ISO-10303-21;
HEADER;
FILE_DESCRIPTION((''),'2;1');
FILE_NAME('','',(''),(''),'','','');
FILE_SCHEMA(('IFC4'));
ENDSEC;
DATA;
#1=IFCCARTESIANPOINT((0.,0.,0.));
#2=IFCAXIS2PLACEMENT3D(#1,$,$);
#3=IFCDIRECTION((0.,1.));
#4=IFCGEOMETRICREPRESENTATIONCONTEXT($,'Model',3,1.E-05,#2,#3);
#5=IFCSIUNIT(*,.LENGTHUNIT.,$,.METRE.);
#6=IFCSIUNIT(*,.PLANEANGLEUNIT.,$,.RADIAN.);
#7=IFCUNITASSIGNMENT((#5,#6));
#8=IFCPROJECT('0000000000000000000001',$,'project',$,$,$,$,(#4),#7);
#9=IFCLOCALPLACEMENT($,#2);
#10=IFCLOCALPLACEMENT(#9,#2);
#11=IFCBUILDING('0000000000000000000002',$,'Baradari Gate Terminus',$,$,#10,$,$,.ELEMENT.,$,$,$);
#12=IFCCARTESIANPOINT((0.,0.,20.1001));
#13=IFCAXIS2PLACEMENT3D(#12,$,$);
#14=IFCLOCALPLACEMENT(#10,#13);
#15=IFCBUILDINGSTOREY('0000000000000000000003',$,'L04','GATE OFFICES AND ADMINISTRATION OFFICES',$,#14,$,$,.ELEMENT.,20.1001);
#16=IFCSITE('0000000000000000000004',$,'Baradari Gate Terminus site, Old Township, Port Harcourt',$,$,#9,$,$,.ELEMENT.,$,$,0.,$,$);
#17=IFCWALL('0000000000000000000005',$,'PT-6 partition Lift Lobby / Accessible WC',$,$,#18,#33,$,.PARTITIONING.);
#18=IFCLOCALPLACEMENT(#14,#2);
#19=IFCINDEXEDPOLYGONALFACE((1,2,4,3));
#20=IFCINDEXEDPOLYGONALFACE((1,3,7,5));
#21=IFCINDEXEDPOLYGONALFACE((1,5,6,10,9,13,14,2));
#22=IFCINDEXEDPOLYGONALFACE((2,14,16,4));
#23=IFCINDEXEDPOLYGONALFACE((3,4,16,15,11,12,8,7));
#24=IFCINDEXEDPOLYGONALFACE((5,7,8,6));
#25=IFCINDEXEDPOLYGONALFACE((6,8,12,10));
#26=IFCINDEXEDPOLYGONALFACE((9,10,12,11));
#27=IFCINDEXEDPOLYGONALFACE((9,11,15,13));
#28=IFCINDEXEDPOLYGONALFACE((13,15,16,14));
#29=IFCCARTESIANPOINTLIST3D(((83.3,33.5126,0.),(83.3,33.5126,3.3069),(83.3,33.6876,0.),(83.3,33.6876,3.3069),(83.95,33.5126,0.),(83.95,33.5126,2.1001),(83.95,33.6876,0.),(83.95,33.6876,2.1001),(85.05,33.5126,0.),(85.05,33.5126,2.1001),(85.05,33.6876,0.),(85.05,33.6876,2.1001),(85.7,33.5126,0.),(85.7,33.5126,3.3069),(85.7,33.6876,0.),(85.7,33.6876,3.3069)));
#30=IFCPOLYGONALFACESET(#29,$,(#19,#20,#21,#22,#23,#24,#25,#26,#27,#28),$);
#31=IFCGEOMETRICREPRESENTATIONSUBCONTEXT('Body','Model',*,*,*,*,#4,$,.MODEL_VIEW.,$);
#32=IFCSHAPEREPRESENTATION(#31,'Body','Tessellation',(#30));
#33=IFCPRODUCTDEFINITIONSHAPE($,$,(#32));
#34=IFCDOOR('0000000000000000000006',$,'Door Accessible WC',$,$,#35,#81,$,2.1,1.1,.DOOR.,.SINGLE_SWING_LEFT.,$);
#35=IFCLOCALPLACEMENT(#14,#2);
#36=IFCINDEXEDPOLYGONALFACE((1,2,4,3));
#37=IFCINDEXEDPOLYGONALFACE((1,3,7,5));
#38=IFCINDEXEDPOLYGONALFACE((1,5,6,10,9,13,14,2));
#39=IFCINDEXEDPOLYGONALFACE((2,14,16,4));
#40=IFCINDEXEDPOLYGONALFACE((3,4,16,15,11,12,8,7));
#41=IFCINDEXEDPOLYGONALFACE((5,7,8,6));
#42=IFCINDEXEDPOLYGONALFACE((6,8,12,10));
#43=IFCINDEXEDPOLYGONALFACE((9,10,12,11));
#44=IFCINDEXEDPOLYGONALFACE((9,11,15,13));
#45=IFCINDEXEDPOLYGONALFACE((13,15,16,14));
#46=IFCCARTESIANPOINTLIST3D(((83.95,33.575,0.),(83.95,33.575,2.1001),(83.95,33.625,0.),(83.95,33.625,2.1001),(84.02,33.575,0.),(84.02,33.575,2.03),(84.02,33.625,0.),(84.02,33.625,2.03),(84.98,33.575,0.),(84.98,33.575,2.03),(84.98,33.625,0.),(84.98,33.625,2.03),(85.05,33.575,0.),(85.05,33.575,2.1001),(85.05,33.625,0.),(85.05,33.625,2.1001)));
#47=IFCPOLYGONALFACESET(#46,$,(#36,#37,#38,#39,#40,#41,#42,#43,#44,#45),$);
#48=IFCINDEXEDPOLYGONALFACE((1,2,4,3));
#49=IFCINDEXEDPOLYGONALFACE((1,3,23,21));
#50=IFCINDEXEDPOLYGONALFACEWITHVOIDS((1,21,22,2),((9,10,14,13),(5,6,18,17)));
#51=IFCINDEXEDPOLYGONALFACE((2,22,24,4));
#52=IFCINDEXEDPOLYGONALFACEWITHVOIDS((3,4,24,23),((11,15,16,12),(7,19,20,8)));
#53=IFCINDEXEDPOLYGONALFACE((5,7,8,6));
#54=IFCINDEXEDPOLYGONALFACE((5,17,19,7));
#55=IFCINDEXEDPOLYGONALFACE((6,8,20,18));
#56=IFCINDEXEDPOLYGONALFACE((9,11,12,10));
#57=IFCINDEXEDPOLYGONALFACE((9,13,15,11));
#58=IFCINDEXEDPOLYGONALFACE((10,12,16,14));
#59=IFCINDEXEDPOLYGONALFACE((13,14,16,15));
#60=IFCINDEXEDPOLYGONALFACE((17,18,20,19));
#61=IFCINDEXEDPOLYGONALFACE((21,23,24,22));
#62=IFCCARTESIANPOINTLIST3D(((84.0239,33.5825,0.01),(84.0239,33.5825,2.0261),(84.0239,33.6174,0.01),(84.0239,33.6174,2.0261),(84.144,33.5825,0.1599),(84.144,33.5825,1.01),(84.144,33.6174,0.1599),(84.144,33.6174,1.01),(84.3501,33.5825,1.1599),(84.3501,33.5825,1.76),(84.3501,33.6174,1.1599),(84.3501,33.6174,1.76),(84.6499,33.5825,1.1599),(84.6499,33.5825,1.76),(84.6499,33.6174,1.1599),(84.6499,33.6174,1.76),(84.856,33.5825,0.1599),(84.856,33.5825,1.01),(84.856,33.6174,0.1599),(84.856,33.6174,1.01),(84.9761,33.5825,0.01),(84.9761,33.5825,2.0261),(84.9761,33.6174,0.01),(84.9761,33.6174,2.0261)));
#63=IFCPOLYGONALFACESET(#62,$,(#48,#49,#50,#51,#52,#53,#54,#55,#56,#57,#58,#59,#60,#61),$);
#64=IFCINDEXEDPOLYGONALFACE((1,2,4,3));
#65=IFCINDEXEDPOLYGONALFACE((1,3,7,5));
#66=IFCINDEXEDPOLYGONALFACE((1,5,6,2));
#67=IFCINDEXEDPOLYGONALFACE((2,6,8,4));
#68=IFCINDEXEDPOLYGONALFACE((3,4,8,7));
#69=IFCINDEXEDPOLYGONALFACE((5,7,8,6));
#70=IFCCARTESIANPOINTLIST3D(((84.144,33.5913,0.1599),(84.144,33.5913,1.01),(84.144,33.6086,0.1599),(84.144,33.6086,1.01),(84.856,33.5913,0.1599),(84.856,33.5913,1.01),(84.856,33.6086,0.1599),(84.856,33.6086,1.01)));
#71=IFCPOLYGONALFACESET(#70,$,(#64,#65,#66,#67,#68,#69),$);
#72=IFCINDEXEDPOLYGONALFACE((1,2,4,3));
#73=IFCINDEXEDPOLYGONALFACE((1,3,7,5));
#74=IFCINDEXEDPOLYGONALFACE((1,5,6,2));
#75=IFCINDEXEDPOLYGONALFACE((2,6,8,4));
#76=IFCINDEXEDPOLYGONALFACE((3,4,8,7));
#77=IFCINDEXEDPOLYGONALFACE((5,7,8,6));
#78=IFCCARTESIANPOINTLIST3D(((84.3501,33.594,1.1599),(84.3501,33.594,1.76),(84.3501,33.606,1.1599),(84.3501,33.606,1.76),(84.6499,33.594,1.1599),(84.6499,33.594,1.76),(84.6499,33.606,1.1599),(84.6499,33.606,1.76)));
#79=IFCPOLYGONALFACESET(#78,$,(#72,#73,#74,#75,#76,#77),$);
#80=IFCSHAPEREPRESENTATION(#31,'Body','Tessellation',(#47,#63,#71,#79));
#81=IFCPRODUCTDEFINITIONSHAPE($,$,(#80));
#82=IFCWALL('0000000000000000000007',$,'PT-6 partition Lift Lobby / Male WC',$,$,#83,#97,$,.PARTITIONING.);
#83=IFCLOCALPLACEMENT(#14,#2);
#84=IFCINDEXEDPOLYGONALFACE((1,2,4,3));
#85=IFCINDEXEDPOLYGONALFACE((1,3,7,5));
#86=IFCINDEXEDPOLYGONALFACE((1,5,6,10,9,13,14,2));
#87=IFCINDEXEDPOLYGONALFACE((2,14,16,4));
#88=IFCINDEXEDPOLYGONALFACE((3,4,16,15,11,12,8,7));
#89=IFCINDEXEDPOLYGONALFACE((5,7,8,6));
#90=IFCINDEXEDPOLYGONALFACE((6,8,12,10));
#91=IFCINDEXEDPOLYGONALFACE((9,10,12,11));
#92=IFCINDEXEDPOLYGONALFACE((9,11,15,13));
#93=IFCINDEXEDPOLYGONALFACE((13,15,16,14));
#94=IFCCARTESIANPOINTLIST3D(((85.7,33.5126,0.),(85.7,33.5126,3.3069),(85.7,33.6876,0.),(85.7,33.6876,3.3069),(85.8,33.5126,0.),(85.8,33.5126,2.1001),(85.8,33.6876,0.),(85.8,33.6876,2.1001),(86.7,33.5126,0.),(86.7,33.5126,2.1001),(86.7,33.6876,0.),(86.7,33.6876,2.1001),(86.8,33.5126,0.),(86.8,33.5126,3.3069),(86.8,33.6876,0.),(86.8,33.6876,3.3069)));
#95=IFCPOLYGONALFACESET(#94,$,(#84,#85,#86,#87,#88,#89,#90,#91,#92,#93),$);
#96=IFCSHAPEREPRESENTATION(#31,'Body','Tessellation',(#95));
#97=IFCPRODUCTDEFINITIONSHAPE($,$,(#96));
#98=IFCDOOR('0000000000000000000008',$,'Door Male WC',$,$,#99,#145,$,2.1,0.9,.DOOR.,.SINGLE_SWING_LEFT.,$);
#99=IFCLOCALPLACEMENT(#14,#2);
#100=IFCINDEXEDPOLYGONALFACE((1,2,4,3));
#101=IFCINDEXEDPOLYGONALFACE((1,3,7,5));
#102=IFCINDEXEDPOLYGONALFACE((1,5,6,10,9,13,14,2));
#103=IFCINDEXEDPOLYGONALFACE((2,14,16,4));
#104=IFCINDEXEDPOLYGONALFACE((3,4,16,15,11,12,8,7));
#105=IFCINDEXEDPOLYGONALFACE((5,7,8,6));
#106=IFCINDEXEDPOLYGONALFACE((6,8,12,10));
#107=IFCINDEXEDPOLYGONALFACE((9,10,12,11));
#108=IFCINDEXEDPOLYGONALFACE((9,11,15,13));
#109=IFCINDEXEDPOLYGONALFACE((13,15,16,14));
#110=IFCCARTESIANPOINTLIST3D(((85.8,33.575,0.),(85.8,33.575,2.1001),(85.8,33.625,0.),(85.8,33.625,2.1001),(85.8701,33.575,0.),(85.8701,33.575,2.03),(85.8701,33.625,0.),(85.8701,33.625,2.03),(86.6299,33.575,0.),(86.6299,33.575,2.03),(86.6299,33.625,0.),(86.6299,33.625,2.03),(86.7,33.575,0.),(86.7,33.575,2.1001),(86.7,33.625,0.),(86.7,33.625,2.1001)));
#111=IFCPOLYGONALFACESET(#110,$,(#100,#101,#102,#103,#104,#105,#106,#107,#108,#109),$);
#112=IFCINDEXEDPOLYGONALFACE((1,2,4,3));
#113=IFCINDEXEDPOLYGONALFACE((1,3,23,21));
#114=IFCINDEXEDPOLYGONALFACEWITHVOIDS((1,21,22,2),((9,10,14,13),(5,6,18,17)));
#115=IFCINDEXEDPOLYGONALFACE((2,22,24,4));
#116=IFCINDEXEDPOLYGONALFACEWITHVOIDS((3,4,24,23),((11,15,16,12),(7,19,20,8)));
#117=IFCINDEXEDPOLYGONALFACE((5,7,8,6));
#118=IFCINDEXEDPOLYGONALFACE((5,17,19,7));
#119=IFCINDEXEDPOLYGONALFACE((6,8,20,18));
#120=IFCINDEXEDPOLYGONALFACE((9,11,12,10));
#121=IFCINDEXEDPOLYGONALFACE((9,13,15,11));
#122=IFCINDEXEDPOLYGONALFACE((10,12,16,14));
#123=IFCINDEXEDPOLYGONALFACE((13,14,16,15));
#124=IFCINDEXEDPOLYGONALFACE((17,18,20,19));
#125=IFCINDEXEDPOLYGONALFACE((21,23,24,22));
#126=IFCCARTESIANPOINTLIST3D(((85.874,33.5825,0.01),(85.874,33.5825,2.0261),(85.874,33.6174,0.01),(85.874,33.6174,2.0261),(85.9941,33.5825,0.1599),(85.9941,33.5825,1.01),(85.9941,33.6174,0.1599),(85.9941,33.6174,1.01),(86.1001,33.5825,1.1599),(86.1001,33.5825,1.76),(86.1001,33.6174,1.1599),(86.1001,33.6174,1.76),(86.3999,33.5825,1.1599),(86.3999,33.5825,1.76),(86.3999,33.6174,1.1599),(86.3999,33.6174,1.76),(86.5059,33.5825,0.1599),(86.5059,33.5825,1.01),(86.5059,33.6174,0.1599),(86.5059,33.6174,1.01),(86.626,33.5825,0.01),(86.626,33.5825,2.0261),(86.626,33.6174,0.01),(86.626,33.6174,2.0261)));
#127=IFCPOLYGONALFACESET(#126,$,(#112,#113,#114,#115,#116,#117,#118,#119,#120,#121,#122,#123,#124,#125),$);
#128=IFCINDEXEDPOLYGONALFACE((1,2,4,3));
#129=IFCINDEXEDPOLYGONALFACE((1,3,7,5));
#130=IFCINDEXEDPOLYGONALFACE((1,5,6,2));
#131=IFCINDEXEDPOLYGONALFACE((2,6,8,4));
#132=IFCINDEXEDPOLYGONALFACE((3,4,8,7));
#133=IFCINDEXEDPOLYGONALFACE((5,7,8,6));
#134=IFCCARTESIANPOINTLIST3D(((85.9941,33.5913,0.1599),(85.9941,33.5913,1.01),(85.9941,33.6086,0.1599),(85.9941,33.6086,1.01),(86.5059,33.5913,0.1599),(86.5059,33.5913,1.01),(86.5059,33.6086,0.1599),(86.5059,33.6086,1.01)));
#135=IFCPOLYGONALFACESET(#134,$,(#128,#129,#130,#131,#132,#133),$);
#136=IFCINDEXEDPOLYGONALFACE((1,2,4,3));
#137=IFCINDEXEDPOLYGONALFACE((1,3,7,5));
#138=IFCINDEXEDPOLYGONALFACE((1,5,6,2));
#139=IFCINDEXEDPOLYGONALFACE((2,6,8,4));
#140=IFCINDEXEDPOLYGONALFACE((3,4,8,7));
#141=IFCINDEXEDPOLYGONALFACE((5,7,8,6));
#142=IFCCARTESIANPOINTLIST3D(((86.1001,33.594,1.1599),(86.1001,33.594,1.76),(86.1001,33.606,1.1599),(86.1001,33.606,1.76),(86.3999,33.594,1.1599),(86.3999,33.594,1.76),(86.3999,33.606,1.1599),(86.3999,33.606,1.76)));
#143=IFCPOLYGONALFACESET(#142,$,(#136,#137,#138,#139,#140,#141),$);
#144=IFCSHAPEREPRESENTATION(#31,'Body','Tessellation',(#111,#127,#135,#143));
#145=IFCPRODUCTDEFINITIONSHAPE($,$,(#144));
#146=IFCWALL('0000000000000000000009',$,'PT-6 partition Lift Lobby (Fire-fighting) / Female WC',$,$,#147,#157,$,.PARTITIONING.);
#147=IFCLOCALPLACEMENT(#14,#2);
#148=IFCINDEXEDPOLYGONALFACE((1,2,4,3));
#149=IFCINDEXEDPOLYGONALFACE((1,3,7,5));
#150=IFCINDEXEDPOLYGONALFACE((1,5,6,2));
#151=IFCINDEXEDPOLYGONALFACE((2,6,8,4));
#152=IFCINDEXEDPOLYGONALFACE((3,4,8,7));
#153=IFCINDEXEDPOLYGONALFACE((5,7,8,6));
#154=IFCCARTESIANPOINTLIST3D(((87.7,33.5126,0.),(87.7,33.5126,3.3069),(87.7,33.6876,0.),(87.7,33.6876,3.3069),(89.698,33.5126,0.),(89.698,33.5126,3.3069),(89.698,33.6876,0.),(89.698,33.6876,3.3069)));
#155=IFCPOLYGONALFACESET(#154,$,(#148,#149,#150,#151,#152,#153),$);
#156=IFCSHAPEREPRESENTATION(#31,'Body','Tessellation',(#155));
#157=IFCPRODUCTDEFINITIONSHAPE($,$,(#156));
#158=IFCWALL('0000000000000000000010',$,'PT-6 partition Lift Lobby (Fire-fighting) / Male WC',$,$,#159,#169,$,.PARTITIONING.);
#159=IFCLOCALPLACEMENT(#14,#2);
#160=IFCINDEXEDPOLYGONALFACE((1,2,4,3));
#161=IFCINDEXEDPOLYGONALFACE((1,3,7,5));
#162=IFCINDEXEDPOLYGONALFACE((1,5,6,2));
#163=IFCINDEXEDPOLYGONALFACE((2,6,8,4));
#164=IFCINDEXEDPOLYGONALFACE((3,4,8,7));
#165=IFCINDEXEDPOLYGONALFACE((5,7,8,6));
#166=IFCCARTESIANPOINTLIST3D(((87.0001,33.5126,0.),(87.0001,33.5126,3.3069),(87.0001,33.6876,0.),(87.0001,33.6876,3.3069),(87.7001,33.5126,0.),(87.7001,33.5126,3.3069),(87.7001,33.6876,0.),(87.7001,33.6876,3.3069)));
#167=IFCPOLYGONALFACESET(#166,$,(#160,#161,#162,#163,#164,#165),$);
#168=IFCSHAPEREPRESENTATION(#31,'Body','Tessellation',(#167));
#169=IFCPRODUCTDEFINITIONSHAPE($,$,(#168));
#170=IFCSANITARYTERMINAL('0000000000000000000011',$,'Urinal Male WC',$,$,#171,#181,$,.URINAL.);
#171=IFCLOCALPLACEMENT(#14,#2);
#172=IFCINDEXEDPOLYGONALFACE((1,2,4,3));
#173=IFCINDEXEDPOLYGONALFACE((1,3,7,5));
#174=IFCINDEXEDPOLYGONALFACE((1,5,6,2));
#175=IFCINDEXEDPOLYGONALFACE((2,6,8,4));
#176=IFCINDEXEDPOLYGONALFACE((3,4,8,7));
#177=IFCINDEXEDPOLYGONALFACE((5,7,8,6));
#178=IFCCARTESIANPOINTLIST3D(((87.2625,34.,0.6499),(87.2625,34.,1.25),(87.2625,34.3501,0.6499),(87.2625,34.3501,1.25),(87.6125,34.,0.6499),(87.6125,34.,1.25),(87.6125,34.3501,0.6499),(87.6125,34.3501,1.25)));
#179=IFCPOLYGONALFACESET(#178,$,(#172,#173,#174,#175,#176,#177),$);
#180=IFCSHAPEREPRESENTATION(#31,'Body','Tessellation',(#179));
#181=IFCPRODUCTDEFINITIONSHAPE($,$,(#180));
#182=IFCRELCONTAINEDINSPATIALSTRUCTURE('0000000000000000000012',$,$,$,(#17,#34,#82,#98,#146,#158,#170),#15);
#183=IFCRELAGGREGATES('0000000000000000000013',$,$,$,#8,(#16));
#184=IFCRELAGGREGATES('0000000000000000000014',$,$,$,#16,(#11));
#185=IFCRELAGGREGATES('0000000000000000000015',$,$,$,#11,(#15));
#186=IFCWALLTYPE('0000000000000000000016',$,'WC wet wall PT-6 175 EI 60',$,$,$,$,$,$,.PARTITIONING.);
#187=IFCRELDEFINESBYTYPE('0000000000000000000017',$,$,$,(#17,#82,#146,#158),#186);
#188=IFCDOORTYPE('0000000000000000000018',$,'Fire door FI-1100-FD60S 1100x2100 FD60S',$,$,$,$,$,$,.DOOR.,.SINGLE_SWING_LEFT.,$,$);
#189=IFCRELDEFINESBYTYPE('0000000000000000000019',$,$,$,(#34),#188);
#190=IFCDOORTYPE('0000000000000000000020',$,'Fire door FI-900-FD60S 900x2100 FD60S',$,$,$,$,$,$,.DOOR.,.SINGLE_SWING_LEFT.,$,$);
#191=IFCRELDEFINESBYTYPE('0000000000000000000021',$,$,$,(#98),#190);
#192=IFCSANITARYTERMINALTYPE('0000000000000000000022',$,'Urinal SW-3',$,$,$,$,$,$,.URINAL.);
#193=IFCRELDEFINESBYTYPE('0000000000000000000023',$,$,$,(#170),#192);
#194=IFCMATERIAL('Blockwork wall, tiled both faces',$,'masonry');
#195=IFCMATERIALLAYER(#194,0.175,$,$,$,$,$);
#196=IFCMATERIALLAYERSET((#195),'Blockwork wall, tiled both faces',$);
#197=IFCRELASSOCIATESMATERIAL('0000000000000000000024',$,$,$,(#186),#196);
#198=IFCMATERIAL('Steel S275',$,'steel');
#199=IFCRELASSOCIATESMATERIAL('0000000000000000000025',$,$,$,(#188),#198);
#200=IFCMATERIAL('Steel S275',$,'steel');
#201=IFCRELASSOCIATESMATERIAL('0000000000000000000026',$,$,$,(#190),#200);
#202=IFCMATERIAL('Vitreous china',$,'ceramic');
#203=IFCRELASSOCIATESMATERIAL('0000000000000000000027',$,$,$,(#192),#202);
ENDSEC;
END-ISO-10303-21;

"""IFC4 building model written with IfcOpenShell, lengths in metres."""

from ifc_helpers import new_model, si_unit, direction, frame, frame_2d, origin, origin_2d, place, context, subcontext, project, spatial, polyline, rectangle, outline, extrude, material, layer, layer_set, type_object, element, fill, save


model = new_model("IFC4")

# Units and contexts
model_context = context("Model", 3, precision=1e-05, world=origin(), true_north=direction((0.0, 1.0)))
body_context = subcontext(model_context, "Body", "Model", "MODEL_VIEW")
ifc_project = project(units=[si_unit("LENGTHUNIT", "METRE"), si_unit("PLANEANGLEUNIT", "RADIAN")], contexts=[model_context])

# Site, building, storey
site_placement = place(None, origin())
site = spatial("IfcSite", under=ifc_project, at=site_placement, Name="Baradari Gate Terminus site, Old Township, Port Harcourt", CompositionType="ELEMENT", RefElevation=0.0)
building_placement = place(site_placement, origin())
building = spatial("IfcBuilding", under=site, at=building_placement, Name="Baradari Gate Terminus", CompositionType="ELEMENT")
storey_placement = place(building_placement, frame((0.0, 0.0, 20.1001)))
storey = spatial("IfcBuildingStorey", under=building, at=storey_placement, Name="L04", Description="GATE OFFICES AND ADMINISTRATION OFFICES", CompositionType="ELEMENT", Elevation=20.1001)

# Walls, openings, doors
ifc_material_1 = material(Name="Blockwork wall, tiled both faces", Category="masonry")
ifc_layer_1 = layer(ifc_material_1, 0.175)
ifc_layer_set_1 = layer_set([ifc_layer_1], Name="Blockwork wall, tiled both faces")
wall_type_1 = type_object("IfcWallType", Name="WC wet wall PT-6 175 EI 60", PredefinedType="PARTITIONING", material=ifc_layer_set_1)
wall_1_placement = place(storey_placement, frame((83.3, 33.6001, 0.0), z_axis=(0.0, 0.0, 1.0), x_axis=(1.0, 0.0, 0.0)))
wall_1 = element("IfcWall", 1, at=wall_1_placement, inside=storey, type_object=wall_type_1, Name="PT-6 partition Lift Lobby / Accessible WC", PredefinedType="PARTITIONING", context=body_context, shape_type="SweptSolid", body=[
    extrude(rectangle(XDim=2.3999, YDim=0.175, at=frame_2d((1.2, 0.0))), origin(), (0.0, 0.0, 1.0), 3.3069),
])
opening_1_placement = place(wall_1_placement, frame((0.6499, 0.0, 0.0)))
opening_1 = element("IfcOpeningElement", 2, at=opening_1_placement, cuts=wall_1, PredefinedType="OPENING", context=body_context, shape_type="SweptSolid", body=[
    extrude(rectangle(XDim=1.1001, YDim=2.1001, at=frame_2d((0.55, 1.05))), frame((0.0, 0.0974, 0.0), z_axis=(0.0, -1.0, 0.0), x_axis=(1.0, 0.0, 0.0)), (0.0, 0.0, 1.0), 0.1951),
])
ifc_material_2 = material(Name="Steel S275", Category="steel")
door_type_1 = type_object("IfcDoorType", Name="Fire door FI-1100-FD60S 1100x2100 FD60S", OperationType="SINGLE_SWING_LEFT", PredefinedType="DOOR", material=ifc_material_2)
door_1_placement = place(opening_1_placement, origin())
door_1 = element("IfcDoor", 3, at=door_1_placement, inside=storey, type_object=door_type_1, Name="Door Accessible WC", OperationType="SINGLE_SWING_LEFT", OverallHeight=2.1, OverallWidth=1.1, PredefinedType="DOOR", context=body_context, shape_type="SweptSolid", body=[
    extrude(outline(polyline([(0.0, 0.0), (0.0701, 0.0), (0.0701, 2.03), (1.03, 2.03), (1.03, 0.0), (1.1001, 0.0), (1.1001, 2.1001), (0.0, 2.1001), (0.0, 0.0)])), frame((0.0, 0.0249, 0.0), z_axis=(0.0, -1.0, 0.0), x_axis=(1.0, 0.0, 0.0)), (0.0, 0.0, 1.0), 0.05),
    extrude(outline(polyline([(0.074, 0.01), (1.0261, 0.01), (1.0261, 2.0261), (0.074, 2.0261), (0.074, 0.01)]), holes=[polyline([(0.1941, 0.1599), (0.906, 0.1599), (0.906, 1.01), (0.1941, 1.01), (0.1941, 0.1599)]), polyline([(0.4001, 1.1599), (0.7, 1.1599), (0.7, 1.76), (0.4001, 1.76), (0.4001, 1.1599)])]), frame((0.0, 0.0173, 0.0), z_axis=(0.0, -1.0, 0.0), x_axis=(1.0, 0.0, 0.0)), (0.0, 0.0, 1.0), 0.0349),
    extrude(rectangle(XDim=0.7119, YDim=0.8501, at=frame_2d((0.55, 0.585))), frame((0.0, 0.0085, 0.0), z_axis=(0.0, -1.0, 0.0), x_axis=(1.0, 0.0, 0.0)), (0.0, 0.0, 1.0), 0.0173),
    extrude(rectangle(XDim=0.2998, YDim=0.6001, at=frame_2d((0.55, 1.46))), frame((0.0, 0.0059, 0.0), z_axis=(0.0, -1.0, 0.0), x_axis=(1.0, 0.0, 0.0)), (0.0, 0.0, 1.0), 0.012),
])
fill(opening_1, door_1)
wall_2_placement = place(storey_placement, frame((85.7, 33.6001, 0.0), z_axis=(0.0, 0.0, 1.0), x_axis=(1.0, 0.0, 0.0)))
wall_2 = element("IfcWall", 4, at=wall_2_placement, inside=storey, type_object=wall_type_1, Name="PT-6 partition Lift Lobby / Male WC", PredefinedType="PARTITIONING", context=body_context, shape_type="SweptSolid", body=[
    extrude(rectangle(XDim=1.1001, YDim=0.175, at=frame_2d((0.55, 0.0))), origin(), (0.0, 0.0, 1.0), 3.3069),
])
opening_2_placement = place(wall_2_placement, frame((0.1001, 0.0, 0.0)))
opening_2 = element("IfcOpeningElement", 5, at=opening_2_placement, cuts=wall_2, PredefinedType="OPENING", context=body_context, shape_type="SweptSolid", body=[
    extrude(rectangle(XDim=0.8999, YDim=2.1001, at=frame_2d((0.45, 1.05))), frame((0.0, 0.0974, 0.0), z_axis=(0.0, -1.0, 0.0), x_axis=(1.0, 0.0, 0.0)), (0.0, 0.0, 1.0), 0.1951),
])
ifc_material_3 = material(Name="Steel S275", Category="steel")
door_type_2 = type_object("IfcDoorType", Name="Fire door FI-900-FD60S 900x2100 FD60S", OperationType="SINGLE_SWING_LEFT", PredefinedType="DOOR", material=ifc_material_3)
door_2_placement = place(opening_2_placement, origin())
door_2 = element("IfcDoor", 6, at=door_2_placement, inside=storey, type_object=door_type_2, Name="Door Male WC", OperationType="SINGLE_SWING_LEFT", OverallHeight=2.1, OverallWidth=0.9, PredefinedType="DOOR", context=body_context, shape_type="SweptSolid", body=[
    extrude(outline(polyline([(0.0, 0.0), (0.0701, 0.0), (0.0701, 2.03), (0.8298, 2.03), (0.8298, 0.0), (0.8999, 0.0), (0.8999, 2.1001), (0.0, 2.1001), (0.0, 0.0)])), frame((0.0, 0.0249, 0.0), z_axis=(0.0, -1.0, 0.0), x_axis=(1.0, 0.0, 0.0)), (0.0, 0.0, 1.0), 0.05),
    extrude(outline(polyline([(0.074, 0.01), (0.8259, 0.01), (0.8259, 2.0261), (0.074, 2.0261), (0.074, 0.01)]), holes=[polyline([(0.1941, 0.1599), (0.7058, 0.1599), (0.7058, 1.01), (0.1941, 1.01), (0.1941, 0.1599)]), polyline([(0.3, 1.1599), (0.5999, 1.1599), (0.5999, 1.76), (0.3, 1.76), (0.3, 1.1599)])]), frame((0.0, 0.0173, 0.0), z_axis=(0.0, -1.0, 0.0), x_axis=(1.0, 0.0, 0.0)), (0.0, 0.0, 1.0), 0.0349),
    extrude(rectangle(XDim=0.5117, YDim=0.8501, at=frame_2d((0.45, 0.585))), frame((0.0, 0.0085, 0.0), z_axis=(0.0, -1.0, 0.0), x_axis=(1.0, 0.0, 0.0)), (0.0, 0.0, 1.0), 0.0173),
    extrude(rectangle(XDim=0.2998, YDim=0.6001, at=frame_2d((0.45, 1.46))), frame((0.0, 0.0059, 0.0), z_axis=(0.0, -1.0, 0.0), x_axis=(1.0, 0.0, 0.0)), (0.0, 0.0, 1.0), 0.012),
])
fill(opening_2, door_2)

# Walls
wall_3_placement = place(storey_placement, frame((87.7, 33.6001, 0.0), z_axis=(0.0, 0.0, 1.0), x_axis=(1.0, 0.0, 0.0)))
element("IfcWall", 7, at=wall_3_placement, inside=storey, type_object=wall_type_1, Name="PT-6 partition Lift Lobby (Fire-fighting) / Female WC", PredefinedType="PARTITIONING", context=body_context, shape_type="SweptSolid", body=[
    extrude(rectangle(XDim=1.998, YDim=0.175, at=frame_2d((0.999, 0.0))), origin(), (0.0, 0.0, 1.0), 3.3069),
])
wall_4_placement = place(storey_placement, frame((87.0, 33.6001, 0.0), z_axis=(0.0, 0.0, 1.0), x_axis=(1.0, 0.0, 0.0)))
element("IfcWall", 8, at=wall_4_placement, inside=storey, type_object=wall_type_1, Name="PT-6 partition Lift Lobby (Fire-fighting) / Male WC", PredefinedType="PARTITIONING", context=body_context, shape_type="SweptSolid", body=[
    extrude(rectangle(XDim=0.7, YDim=0.175, at=frame_2d((0.3501, 0.0))), origin(), (0.0, 0.0, 1.0), 3.3069),
])

# Sanitary terminal
ifc_material_4 = material(Name="Vitreous china", Category="ceramic")
sanitary_terminal_type_1 = type_object("IfcSanitaryTerminalType", Name="Urinal SW-3", PredefinedType="URINAL", material=ifc_material_4)
sanitary_terminal_1_placement = place(storey_placement, frame((87.4375, 34.175, 0.6499), z_axis=(0.0, 0.0, 1.0), x_axis=(1.0, 0.0, 0.0)))
element("IfcSanitaryTerminal", 9, at=sanitary_terminal_1_placement, inside=storey, type_object=sanitary_terminal_type_1, Name="Urinal Male WC", PredefinedType="URINAL", context=body_context, shape_type="SweptSolid", body=[
    extrude(rectangle(XDim=0.3501, YDim=0.3501, at=origin_2d()), origin(), (0.0, 0.0, 1.0), 0.6001),
])

save(model, "model.ifc")
